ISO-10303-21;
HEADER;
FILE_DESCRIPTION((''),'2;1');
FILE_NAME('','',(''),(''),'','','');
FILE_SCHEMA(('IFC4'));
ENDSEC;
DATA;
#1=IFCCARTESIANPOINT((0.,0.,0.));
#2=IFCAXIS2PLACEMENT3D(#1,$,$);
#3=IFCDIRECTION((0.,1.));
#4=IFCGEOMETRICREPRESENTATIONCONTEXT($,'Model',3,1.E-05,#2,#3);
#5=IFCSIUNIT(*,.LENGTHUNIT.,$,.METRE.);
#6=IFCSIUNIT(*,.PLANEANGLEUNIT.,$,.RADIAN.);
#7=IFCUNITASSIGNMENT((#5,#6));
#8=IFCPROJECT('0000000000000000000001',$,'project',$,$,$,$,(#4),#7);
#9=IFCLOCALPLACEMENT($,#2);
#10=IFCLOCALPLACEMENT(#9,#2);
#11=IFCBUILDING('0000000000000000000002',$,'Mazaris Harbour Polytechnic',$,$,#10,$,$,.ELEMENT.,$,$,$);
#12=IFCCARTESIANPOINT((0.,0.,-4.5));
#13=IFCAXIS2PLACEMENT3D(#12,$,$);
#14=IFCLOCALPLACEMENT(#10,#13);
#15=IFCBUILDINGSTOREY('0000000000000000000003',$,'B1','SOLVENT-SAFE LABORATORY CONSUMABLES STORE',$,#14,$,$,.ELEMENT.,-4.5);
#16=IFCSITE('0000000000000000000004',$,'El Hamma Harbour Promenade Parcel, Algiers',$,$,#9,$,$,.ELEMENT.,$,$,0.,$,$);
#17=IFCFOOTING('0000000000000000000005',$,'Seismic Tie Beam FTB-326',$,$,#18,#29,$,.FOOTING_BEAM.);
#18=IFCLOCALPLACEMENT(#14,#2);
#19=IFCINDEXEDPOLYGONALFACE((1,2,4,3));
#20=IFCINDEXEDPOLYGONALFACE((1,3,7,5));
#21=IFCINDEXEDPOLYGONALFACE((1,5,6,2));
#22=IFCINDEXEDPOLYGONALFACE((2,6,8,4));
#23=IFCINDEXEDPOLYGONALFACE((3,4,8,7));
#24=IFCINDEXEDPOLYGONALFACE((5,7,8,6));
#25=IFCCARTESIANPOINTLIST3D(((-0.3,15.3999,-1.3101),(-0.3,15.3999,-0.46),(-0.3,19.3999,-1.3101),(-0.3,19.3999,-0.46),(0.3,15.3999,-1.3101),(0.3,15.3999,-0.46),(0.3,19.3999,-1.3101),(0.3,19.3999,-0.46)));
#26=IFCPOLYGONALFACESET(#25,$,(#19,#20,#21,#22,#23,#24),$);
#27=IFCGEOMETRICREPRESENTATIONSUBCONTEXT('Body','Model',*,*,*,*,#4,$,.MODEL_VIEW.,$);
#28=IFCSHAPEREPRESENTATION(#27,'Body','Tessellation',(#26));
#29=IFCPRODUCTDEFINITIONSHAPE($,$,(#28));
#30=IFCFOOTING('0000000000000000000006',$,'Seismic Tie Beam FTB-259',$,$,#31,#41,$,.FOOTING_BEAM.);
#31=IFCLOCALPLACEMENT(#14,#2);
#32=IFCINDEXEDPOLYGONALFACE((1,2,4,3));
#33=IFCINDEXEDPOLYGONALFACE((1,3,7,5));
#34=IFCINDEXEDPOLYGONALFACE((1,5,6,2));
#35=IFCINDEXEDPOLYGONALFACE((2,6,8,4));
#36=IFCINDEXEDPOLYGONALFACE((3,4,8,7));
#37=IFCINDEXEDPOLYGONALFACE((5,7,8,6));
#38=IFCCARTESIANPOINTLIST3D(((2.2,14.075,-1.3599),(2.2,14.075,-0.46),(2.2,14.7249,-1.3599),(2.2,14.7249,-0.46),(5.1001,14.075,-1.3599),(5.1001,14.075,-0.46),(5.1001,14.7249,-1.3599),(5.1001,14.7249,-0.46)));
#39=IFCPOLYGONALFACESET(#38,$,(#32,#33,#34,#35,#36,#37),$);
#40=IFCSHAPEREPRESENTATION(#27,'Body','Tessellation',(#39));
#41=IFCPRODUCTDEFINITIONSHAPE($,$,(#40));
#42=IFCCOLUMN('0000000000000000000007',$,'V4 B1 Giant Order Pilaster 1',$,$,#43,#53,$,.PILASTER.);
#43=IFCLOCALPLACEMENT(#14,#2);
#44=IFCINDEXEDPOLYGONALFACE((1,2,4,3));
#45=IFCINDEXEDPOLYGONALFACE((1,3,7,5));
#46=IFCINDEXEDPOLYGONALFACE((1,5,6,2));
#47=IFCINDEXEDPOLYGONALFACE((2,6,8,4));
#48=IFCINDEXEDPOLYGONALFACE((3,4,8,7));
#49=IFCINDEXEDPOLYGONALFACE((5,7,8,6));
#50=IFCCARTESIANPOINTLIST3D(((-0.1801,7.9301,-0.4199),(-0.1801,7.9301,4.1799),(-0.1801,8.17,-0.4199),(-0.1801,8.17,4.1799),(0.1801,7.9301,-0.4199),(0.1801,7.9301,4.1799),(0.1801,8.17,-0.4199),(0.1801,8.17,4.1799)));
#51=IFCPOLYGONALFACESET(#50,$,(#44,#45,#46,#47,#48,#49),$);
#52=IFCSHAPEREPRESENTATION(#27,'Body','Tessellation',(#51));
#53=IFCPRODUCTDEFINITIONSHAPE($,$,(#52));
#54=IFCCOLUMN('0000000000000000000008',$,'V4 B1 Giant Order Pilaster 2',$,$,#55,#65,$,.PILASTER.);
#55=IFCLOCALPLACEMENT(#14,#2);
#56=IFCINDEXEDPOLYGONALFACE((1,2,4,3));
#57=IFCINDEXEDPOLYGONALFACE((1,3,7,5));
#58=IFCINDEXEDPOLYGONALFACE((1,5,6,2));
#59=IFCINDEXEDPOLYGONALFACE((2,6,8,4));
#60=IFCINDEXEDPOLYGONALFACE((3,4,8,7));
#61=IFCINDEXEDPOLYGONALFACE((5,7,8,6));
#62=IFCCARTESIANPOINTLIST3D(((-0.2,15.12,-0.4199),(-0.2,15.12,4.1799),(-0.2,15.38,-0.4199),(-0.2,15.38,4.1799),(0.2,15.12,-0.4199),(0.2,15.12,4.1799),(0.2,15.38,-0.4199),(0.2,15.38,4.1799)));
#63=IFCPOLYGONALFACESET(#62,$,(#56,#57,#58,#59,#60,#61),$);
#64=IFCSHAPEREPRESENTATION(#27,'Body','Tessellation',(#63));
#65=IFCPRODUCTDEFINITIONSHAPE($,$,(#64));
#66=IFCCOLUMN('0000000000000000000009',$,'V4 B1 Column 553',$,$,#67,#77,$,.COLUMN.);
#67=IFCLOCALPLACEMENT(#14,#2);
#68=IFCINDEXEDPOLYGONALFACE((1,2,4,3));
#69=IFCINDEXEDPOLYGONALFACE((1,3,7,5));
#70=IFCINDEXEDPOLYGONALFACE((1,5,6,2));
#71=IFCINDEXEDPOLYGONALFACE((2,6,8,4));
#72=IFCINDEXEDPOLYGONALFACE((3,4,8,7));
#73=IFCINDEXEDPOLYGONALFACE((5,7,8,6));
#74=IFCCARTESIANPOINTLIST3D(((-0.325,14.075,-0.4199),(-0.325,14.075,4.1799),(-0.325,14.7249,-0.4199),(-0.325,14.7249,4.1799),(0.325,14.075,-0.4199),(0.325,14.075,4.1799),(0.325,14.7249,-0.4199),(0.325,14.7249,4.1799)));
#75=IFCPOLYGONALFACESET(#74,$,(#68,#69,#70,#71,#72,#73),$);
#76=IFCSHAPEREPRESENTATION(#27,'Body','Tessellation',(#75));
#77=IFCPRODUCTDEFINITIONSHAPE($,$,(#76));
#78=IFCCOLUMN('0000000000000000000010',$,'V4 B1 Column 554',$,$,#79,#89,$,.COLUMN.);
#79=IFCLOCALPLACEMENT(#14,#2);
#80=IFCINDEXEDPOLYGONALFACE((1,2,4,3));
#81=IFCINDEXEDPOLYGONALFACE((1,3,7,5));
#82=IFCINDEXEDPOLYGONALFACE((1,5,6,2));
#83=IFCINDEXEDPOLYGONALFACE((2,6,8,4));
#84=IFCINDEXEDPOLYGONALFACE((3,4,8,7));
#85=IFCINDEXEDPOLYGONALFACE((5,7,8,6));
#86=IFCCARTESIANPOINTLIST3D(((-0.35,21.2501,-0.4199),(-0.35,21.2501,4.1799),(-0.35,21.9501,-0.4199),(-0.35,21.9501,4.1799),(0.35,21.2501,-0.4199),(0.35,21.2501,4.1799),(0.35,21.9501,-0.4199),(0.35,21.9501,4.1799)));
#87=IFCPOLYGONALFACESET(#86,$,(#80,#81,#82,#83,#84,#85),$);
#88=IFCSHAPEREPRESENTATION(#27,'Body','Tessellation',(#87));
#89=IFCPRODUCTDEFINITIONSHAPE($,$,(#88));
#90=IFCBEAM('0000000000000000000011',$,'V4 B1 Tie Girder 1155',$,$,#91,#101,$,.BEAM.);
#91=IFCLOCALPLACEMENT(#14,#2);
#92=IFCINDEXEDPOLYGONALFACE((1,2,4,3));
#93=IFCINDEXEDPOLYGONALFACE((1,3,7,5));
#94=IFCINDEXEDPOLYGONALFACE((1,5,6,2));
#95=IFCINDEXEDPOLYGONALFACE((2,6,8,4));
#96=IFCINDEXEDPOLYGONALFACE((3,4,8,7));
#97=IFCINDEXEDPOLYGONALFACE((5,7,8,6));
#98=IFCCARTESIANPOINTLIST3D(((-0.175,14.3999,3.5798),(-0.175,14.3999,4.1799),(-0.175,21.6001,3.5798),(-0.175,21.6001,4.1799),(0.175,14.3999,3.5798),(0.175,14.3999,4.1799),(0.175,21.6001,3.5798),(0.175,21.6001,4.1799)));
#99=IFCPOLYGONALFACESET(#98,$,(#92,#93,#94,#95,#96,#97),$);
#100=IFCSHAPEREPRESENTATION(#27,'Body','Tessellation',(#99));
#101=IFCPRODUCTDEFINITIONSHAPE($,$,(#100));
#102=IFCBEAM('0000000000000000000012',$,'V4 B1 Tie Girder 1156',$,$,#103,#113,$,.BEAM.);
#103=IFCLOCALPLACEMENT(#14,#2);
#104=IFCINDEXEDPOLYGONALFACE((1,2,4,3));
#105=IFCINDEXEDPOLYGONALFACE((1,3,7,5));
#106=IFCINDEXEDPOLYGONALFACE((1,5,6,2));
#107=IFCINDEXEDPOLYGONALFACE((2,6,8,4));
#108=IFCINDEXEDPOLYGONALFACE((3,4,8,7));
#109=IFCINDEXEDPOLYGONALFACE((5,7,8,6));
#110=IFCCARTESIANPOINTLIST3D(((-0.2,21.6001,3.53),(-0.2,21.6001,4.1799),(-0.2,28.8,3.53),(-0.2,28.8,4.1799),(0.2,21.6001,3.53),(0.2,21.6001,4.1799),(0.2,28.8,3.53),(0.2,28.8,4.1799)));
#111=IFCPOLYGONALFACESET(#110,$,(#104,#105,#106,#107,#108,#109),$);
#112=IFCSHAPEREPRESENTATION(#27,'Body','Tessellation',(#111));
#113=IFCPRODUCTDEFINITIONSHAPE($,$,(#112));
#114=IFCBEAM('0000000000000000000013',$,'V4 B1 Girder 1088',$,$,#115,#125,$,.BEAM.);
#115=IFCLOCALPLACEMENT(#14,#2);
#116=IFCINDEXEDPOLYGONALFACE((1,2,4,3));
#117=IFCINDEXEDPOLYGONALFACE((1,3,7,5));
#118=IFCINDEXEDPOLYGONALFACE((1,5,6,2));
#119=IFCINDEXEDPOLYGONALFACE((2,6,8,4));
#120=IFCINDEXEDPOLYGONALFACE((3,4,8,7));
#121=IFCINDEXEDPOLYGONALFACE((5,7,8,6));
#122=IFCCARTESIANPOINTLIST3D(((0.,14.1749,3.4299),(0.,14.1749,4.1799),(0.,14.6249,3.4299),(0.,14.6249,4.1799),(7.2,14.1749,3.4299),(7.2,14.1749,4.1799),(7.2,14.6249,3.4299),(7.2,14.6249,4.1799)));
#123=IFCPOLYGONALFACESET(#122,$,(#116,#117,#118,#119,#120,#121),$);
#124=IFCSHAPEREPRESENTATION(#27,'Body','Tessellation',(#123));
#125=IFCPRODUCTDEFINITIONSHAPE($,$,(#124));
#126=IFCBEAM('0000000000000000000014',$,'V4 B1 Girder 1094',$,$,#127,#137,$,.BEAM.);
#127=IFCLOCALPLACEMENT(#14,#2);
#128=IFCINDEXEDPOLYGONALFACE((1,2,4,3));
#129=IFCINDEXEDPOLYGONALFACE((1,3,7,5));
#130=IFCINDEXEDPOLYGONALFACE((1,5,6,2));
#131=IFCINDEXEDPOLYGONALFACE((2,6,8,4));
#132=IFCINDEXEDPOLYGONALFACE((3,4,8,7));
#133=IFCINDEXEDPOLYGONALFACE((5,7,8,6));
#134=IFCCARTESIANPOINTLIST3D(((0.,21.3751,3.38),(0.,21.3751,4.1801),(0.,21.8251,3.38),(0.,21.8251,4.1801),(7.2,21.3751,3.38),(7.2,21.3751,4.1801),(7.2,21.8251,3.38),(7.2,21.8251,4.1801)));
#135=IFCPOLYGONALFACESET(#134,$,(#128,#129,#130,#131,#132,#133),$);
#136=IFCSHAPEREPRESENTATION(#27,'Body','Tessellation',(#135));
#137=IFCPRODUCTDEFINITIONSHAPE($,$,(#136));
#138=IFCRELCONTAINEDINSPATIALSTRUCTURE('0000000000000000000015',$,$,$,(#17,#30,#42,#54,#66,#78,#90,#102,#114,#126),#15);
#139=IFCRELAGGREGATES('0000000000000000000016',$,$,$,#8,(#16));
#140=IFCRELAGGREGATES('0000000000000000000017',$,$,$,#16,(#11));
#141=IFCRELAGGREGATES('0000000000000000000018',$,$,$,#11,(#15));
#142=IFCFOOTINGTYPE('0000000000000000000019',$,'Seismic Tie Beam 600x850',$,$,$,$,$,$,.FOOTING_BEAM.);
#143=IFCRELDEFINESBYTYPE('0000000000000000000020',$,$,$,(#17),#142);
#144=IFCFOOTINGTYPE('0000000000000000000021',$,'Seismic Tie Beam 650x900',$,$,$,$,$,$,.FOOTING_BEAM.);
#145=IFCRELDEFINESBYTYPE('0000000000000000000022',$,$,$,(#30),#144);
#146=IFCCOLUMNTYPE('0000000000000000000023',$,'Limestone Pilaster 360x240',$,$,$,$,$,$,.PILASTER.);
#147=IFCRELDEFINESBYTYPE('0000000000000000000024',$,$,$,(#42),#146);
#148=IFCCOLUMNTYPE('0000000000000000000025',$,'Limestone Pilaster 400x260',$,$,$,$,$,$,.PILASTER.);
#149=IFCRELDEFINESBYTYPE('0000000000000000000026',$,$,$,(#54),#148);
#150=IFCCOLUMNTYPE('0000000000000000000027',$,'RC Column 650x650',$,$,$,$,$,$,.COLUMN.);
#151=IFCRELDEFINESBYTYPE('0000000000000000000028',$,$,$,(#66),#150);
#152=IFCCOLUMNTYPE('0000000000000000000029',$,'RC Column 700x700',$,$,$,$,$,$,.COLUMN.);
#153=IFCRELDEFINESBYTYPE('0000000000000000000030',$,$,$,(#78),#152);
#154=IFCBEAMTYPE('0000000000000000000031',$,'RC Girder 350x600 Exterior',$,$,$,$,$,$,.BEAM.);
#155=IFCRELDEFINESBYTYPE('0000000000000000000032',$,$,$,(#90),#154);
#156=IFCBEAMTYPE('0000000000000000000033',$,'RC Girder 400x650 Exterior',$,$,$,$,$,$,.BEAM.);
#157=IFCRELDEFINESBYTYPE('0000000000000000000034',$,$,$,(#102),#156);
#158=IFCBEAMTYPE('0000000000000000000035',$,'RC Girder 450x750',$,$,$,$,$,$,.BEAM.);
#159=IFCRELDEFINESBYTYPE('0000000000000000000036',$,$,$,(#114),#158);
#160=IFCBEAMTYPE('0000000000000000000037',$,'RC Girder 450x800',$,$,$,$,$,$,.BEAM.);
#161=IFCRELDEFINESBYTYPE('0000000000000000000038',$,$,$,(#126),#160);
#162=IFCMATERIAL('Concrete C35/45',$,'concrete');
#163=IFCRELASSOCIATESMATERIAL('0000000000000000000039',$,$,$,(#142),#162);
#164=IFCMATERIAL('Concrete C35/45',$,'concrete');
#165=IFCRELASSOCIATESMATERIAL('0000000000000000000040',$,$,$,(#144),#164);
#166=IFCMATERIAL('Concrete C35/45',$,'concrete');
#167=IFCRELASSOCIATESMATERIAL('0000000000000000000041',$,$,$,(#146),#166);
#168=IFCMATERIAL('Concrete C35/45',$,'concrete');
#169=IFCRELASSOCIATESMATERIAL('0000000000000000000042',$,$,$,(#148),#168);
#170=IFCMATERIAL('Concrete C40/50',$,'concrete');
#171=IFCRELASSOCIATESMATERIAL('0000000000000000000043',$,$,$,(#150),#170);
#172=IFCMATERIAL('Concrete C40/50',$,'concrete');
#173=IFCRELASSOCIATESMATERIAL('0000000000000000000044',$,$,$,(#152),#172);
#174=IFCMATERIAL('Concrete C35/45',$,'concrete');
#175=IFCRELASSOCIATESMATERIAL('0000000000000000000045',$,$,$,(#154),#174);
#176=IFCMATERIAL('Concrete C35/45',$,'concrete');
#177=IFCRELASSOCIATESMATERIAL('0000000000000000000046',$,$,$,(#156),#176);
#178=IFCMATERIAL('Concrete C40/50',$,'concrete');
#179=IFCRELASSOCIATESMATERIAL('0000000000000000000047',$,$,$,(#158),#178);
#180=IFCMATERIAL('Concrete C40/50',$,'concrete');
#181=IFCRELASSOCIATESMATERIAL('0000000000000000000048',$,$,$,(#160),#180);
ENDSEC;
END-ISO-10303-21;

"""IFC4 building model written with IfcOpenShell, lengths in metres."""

from ifc_helpers import new_model, si_unit, direction, frame, origin, origin_2d, place, context, subcontext, project, spatial, rectangle, extrude, material, material_profile, profile_set, type_object, element, save


model = new_model("IFC4")

# Units and contexts
model_context = context("Model", 3, precision=1e-05, world=origin(), true_north=direction((0.0, 1.0)))
body_context = subcontext(model_context, "Body", "Model", "MODEL_VIEW")
ifc_project = project(units=[si_unit("LENGTHUNIT", "METRE"), si_unit("PLANEANGLEUNIT", "RADIAN")], contexts=[model_context])

# Site, building, storey
site_placement = place(None, origin())
site = spatial("IfcSite", under=ifc_project, at=site_placement, Name="El Hamma Harbour Promenade Parcel, Algiers", CompositionType="ELEMENT", RefElevation=0.0)
building_placement = place(site_placement, origin())
building = spatial("IfcBuilding", under=site, at=building_placement, Name="Mazaris Harbour Polytechnic", CompositionType="ELEMENT")
storey_placement = place(building_placement, frame((0.0, 0.0, -4.5)))
storey = spatial("IfcBuildingStorey", under=building, at=storey_placement, Name="B1", Description="SOLVENT-SAFE LABORATORY CONSUMABLES STORE", CompositionType="ELEMENT", Elevation=-4.5)

# Footings
ifc_material_1 = material(Name="Concrete C35/45", Category="concrete")
ifc_material_profile_1 = material_profile(ifc_material_1, rectangle(XDim=0.6001, YDim=0.8501, at=origin_2d()), Name="RECT600x850")
ifc_profile_set_1 = profile_set([ifc_material_profile_1], Name="Concrete C35/45")
footing_type_1 = type_object("IfcFootingType", Name="Seismic Tie Beam 600x850", PredefinedType="FOOTING_BEAM", material=ifc_profile_set_1)
footing_1_placement = place(storey_placement, frame((0.0, 15.3999, -0.885), z_axis=(0.0, 1.0, 0.0), x_axis=(-1.0, 0.0, 0.0)))
element("IfcFooting", 1, at=footing_1_placement, inside=storey, type_object=footing_type_1, Name="Seismic Tie Beam FTB-326", PredefinedType="FOOTING_BEAM", context=body_context, shape_type="SweptSolid", body=[
    extrude(rectangle(XDim=0.6001, YDim=0.8501, at=origin_2d()), origin(), (0.0, 0.0, 1.0), 4.0),
])
ifc_material_2 = material(Name="Concrete C35/45", Category="concrete")
ifc_material_profile_2 = material_profile(ifc_material_2, rectangle(XDim=0.6499, YDim=0.8999, at=origin_2d()), Name="RECT650x900")
ifc_profile_set_2 = profile_set([ifc_material_profile_2], Name="Concrete C35/45")
footing_type_2 = type_object("IfcFootingType", Name="Seismic Tie Beam 650x900", PredefinedType="FOOTING_BEAM", material=ifc_profile_set_2)
footing_2_placement = place(storey_placement, frame((2.2, 14.3999, -0.9099), z_axis=(1.0, 0.0, 0.0), x_axis=(0.0, 1.0, 0.0)))
element("IfcFooting", 2, at=footing_2_placement, inside=storey, type_object=footing_type_2, Name="Seismic Tie Beam FTB-259", PredefinedType="FOOTING_BEAM", context=body_context, shape_type="SweptSolid", body=[
    extrude(rectangle(XDim=0.6499, YDim=0.8999, at=origin_2d()), origin(), (0.0, 0.0, 1.0), 2.9001),
])

# Columns
ifc_material_3 = material(Name="Concrete C35/45", Category="concrete")
ifc_material_profile_3 = material_profile(ifc_material_3, rectangle(XDim=0.3601, YDim=0.24, at=origin_2d()), Name="RECT360x240")
ifc_profile_set_3 = profile_set([ifc_material_profile_3], Name="Concrete C35/45")
column_type_1 = type_object("IfcColumnType", Name="Limestone Pilaster 360x240", PredefinedType="PILASTER", material=ifc_profile_set_3)
column_1_placement = place(storey_placement, frame((0.0, 8.05, -0.4199), z_axis=(0.0, 0.0, 1.0), x_axis=(1.0, 0.0, 0.0)))
element("IfcColumn", 3, at=column_1_placement, inside=storey, type_object=column_type_1, Name="V4 B1 Giant Order Pilaster 1", PredefinedType="PILASTER", context=body_context, shape_type="SweptSolid", body=[
    extrude(rectangle(XDim=0.3601, YDim=0.24, at=origin_2d()), origin(), (0.0, 0.0, 1.0), 4.5999),
])
ifc_material_4 = material(Name="Concrete C35/45", Category="concrete")
ifc_material_profile_4 = material_profile(ifc_material_4, rectangle(XDim=0.3999, YDim=0.26, at=origin_2d()), Name="RECT400x260")
ifc_profile_set_4 = profile_set([ifc_material_profile_4], Name="Concrete C35/45")
column_type_2 = type_object("IfcColumnType", Name="Limestone Pilaster 400x260", PredefinedType="PILASTER", material=ifc_profile_set_4)
column_2_placement = place(storey_placement, frame((0.0, 15.25, -0.4199), z_axis=(0.0, 0.0, 1.0), x_axis=(1.0, 0.0, 0.0)))
element("IfcColumn", 4, at=column_2_placement, inside=storey, type_object=column_type_2, Name="V4 B1 Giant Order Pilaster 2", PredefinedType="PILASTER", context=body_context, shape_type="SweptSolid", body=[
    extrude(rectangle(XDim=0.3999, YDim=0.26, at=origin_2d()), origin(), (0.0, 0.0, 1.0), 4.5999),
])
ifc_material_5 = material(Name="Concrete C40/50", Category="concrete")
ifc_material_profile_5 = material_profile(ifc_material_5, rectangle(XDim=0.6499, YDim=0.6499, at=origin_2d()), Name="RECT650x650")
ifc_profile_set_5 = profile_set([ifc_material_profile_5], Name="Concrete C40/50")
column_type_3 = type_object("IfcColumnType", Name="RC Column 650x650", PredefinedType="COLUMN", material=ifc_profile_set_5)
column_3_placement = place(storey_placement, frame((0.0, 14.3999, -0.4199), z_axis=(0.0, 0.0, 1.0), x_axis=(1.0, 0.0, 0.0)))
element("IfcColumn", 5, at=column_3_placement, inside=storey, type_object=column_type_3, Name="V4 B1 Column 553", PredefinedType="COLUMN", context=body_context, shape_type="SweptSolid", body=[
    extrude(rectangle(XDim=0.6499, YDim=0.6499, at=origin_2d()), origin(), (0.0, 0.0, 1.0), 4.5999),
])
ifc_material_6 = material(Name="Concrete C40/50", Category="concrete")
ifc_material_profile_6 = material_profile(ifc_material_6, rectangle(XDim=0.7, YDim=0.7, at=origin_2d()), Name="RECT700x700")
ifc_profile_set_6 = profile_set([ifc_material_profile_6], Name="Concrete C40/50")
column_type_4 = type_object("IfcColumnType", Name="RC Column 700x700", PredefinedType="COLUMN", material=ifc_profile_set_6)
column_4_placement = place(storey_placement, frame((0.0, 21.6001, -0.4199), z_axis=(0.0, 0.0, 1.0), x_axis=(1.0, 0.0, 0.0)))
element("IfcColumn", 6, at=column_4_placement, inside=storey, type_object=column_type_4, Name="V4 B1 Column 554", PredefinedType="COLUMN", context=body_context, shape_type="SweptSolid", body=[
    extrude(rectangle(XDim=0.7, YDim=0.7, at=origin_2d()), origin(), (0.0, 0.0, 1.0), 4.5999),
])

# Beams
ifc_material_7 = material(Name="Concrete C35/45", Category="concrete")
ifc_material_profile_7 = material_profile(ifc_material_7, rectangle(XDim=0.3501, YDim=0.6001, at=origin_2d()), Name="RECT350x600")
ifc_profile_set_7 = profile_set([ifc_material_profile_7], Name="Concrete C35/45")
beam_type_1 = type_object("IfcBeamType", Name="RC Girder 350x600 Exterior", PredefinedType="BEAM", material=ifc_profile_set_7)
beam_1_placement = place(storey_placement, frame((0.0, 14.3999, 3.8799), z_axis=(0.0, 1.0, 0.0), x_axis=(-1.0, 0.0, 0.0)))
element("IfcBeam", 7, at=beam_1_placement, inside=storey, type_object=beam_type_1, Name="V4 B1 Tie Girder 1155", PredefinedType="BEAM", context=body_context, shape_type="SweptSolid", body=[
    extrude(rectangle(XDim=0.3501, YDim=0.6001, at=origin_2d()), origin(), (0.0, 0.0, 1.0), 7.2002),
])
ifc_material_8 = material(Name="Concrete C35/45", Category="concrete")
ifc_material_profile_8 = material_profile(ifc_material_8, rectangle(XDim=0.3999, YDim=0.6499, at=origin_2d()), Name="RECT400x650")
ifc_profile_set_8 = profile_set([ifc_material_profile_8], Name="Concrete C35/45")
beam_type_2 = type_object("IfcBeamType", Name="RC Girder 400x650 Exterior", PredefinedType="BEAM", material=ifc_profile_set_8)
beam_2_placement = place(storey_placement, frame((0.0, 21.6001, 3.855), z_axis=(0.0, 1.0, 0.0), x_axis=(-1.0, 0.0, 0.0)))
element("IfcBeam", 8, at=beam_2_placement, inside=storey, type_object=beam_type_2, Name="V4 B1 Tie Girder 1156", PredefinedType="BEAM", context=body_context, shape_type="SweptSolid", body=[
    extrude(rectangle(XDim=0.3999, YDim=0.6499, at=origin_2d()), origin(), (0.0, 0.0, 1.0), 7.2),
])
ifc_material_9 = material(Name="Concrete C40/50", Category="concrete")
ifc_material_profile_9 = material_profile(ifc_material_9, rectangle(XDim=0.45, YDim=0.75, at=origin_2d()), Name="RECT450x750")
ifc_profile_set_9 = profile_set([ifc_material_profile_9], Name="Concrete C40/50")
beam_type_3 = type_object("IfcBeamType", Name="RC Girder 450x750", PredefinedType="BEAM", material=ifc_profile_set_9)
beam_3_placement = place(storey_placement, frame((0.0, 14.3999, 3.8049), z_axis=(1.0, 0.0, 0.0), x_axis=(0.0, 1.0, 0.0)))
element("IfcBeam", 9, at=beam_3_placement, inside=storey, type_object=beam_type_3, Name="V4 B1 Girder 1088", PredefinedType="BEAM", context=body_context, shape_type="SweptSolid", body=[
    extrude(rectangle(XDim=0.45, YDim=0.75, at=origin_2d()), origin(), (0.0, 0.0, 1.0), 7.2),
])
ifc_material_10 = material(Name="Concrete C40/50", Category="concrete")
ifc_material_profile_10 = material_profile(ifc_material_10, rectangle(XDim=0.45, YDim=0.8, at=origin_2d()), Name="RECT450x800")
ifc_profile_set_10 = profile_set([ifc_material_profile_10], Name="Concrete C40/50")
beam_type_4 = type_object("IfcBeamType", Name="RC Girder 450x800", PredefinedType="BEAM", material=ifc_profile_set_10)
beam_4_placement = place(storey_placement, frame((0.0, 21.6001, 3.78), z_axis=(1.0, 0.0, 0.0), x_axis=(0.0, 1.0, 0.0)))
element("IfcBeam", 10, at=beam_4_placement, inside=storey, type_object=beam_type_4, Name="V4 B1 Girder 1094", PredefinedType="BEAM", context=body_context, shape_type="SweptSolid", body=[
    extrude(rectangle(XDim=0.45, YDim=0.8, at=origin_2d()), origin(), (0.0, 0.0, 1.0), 7.2),
])

save(model, "model.ifc")
